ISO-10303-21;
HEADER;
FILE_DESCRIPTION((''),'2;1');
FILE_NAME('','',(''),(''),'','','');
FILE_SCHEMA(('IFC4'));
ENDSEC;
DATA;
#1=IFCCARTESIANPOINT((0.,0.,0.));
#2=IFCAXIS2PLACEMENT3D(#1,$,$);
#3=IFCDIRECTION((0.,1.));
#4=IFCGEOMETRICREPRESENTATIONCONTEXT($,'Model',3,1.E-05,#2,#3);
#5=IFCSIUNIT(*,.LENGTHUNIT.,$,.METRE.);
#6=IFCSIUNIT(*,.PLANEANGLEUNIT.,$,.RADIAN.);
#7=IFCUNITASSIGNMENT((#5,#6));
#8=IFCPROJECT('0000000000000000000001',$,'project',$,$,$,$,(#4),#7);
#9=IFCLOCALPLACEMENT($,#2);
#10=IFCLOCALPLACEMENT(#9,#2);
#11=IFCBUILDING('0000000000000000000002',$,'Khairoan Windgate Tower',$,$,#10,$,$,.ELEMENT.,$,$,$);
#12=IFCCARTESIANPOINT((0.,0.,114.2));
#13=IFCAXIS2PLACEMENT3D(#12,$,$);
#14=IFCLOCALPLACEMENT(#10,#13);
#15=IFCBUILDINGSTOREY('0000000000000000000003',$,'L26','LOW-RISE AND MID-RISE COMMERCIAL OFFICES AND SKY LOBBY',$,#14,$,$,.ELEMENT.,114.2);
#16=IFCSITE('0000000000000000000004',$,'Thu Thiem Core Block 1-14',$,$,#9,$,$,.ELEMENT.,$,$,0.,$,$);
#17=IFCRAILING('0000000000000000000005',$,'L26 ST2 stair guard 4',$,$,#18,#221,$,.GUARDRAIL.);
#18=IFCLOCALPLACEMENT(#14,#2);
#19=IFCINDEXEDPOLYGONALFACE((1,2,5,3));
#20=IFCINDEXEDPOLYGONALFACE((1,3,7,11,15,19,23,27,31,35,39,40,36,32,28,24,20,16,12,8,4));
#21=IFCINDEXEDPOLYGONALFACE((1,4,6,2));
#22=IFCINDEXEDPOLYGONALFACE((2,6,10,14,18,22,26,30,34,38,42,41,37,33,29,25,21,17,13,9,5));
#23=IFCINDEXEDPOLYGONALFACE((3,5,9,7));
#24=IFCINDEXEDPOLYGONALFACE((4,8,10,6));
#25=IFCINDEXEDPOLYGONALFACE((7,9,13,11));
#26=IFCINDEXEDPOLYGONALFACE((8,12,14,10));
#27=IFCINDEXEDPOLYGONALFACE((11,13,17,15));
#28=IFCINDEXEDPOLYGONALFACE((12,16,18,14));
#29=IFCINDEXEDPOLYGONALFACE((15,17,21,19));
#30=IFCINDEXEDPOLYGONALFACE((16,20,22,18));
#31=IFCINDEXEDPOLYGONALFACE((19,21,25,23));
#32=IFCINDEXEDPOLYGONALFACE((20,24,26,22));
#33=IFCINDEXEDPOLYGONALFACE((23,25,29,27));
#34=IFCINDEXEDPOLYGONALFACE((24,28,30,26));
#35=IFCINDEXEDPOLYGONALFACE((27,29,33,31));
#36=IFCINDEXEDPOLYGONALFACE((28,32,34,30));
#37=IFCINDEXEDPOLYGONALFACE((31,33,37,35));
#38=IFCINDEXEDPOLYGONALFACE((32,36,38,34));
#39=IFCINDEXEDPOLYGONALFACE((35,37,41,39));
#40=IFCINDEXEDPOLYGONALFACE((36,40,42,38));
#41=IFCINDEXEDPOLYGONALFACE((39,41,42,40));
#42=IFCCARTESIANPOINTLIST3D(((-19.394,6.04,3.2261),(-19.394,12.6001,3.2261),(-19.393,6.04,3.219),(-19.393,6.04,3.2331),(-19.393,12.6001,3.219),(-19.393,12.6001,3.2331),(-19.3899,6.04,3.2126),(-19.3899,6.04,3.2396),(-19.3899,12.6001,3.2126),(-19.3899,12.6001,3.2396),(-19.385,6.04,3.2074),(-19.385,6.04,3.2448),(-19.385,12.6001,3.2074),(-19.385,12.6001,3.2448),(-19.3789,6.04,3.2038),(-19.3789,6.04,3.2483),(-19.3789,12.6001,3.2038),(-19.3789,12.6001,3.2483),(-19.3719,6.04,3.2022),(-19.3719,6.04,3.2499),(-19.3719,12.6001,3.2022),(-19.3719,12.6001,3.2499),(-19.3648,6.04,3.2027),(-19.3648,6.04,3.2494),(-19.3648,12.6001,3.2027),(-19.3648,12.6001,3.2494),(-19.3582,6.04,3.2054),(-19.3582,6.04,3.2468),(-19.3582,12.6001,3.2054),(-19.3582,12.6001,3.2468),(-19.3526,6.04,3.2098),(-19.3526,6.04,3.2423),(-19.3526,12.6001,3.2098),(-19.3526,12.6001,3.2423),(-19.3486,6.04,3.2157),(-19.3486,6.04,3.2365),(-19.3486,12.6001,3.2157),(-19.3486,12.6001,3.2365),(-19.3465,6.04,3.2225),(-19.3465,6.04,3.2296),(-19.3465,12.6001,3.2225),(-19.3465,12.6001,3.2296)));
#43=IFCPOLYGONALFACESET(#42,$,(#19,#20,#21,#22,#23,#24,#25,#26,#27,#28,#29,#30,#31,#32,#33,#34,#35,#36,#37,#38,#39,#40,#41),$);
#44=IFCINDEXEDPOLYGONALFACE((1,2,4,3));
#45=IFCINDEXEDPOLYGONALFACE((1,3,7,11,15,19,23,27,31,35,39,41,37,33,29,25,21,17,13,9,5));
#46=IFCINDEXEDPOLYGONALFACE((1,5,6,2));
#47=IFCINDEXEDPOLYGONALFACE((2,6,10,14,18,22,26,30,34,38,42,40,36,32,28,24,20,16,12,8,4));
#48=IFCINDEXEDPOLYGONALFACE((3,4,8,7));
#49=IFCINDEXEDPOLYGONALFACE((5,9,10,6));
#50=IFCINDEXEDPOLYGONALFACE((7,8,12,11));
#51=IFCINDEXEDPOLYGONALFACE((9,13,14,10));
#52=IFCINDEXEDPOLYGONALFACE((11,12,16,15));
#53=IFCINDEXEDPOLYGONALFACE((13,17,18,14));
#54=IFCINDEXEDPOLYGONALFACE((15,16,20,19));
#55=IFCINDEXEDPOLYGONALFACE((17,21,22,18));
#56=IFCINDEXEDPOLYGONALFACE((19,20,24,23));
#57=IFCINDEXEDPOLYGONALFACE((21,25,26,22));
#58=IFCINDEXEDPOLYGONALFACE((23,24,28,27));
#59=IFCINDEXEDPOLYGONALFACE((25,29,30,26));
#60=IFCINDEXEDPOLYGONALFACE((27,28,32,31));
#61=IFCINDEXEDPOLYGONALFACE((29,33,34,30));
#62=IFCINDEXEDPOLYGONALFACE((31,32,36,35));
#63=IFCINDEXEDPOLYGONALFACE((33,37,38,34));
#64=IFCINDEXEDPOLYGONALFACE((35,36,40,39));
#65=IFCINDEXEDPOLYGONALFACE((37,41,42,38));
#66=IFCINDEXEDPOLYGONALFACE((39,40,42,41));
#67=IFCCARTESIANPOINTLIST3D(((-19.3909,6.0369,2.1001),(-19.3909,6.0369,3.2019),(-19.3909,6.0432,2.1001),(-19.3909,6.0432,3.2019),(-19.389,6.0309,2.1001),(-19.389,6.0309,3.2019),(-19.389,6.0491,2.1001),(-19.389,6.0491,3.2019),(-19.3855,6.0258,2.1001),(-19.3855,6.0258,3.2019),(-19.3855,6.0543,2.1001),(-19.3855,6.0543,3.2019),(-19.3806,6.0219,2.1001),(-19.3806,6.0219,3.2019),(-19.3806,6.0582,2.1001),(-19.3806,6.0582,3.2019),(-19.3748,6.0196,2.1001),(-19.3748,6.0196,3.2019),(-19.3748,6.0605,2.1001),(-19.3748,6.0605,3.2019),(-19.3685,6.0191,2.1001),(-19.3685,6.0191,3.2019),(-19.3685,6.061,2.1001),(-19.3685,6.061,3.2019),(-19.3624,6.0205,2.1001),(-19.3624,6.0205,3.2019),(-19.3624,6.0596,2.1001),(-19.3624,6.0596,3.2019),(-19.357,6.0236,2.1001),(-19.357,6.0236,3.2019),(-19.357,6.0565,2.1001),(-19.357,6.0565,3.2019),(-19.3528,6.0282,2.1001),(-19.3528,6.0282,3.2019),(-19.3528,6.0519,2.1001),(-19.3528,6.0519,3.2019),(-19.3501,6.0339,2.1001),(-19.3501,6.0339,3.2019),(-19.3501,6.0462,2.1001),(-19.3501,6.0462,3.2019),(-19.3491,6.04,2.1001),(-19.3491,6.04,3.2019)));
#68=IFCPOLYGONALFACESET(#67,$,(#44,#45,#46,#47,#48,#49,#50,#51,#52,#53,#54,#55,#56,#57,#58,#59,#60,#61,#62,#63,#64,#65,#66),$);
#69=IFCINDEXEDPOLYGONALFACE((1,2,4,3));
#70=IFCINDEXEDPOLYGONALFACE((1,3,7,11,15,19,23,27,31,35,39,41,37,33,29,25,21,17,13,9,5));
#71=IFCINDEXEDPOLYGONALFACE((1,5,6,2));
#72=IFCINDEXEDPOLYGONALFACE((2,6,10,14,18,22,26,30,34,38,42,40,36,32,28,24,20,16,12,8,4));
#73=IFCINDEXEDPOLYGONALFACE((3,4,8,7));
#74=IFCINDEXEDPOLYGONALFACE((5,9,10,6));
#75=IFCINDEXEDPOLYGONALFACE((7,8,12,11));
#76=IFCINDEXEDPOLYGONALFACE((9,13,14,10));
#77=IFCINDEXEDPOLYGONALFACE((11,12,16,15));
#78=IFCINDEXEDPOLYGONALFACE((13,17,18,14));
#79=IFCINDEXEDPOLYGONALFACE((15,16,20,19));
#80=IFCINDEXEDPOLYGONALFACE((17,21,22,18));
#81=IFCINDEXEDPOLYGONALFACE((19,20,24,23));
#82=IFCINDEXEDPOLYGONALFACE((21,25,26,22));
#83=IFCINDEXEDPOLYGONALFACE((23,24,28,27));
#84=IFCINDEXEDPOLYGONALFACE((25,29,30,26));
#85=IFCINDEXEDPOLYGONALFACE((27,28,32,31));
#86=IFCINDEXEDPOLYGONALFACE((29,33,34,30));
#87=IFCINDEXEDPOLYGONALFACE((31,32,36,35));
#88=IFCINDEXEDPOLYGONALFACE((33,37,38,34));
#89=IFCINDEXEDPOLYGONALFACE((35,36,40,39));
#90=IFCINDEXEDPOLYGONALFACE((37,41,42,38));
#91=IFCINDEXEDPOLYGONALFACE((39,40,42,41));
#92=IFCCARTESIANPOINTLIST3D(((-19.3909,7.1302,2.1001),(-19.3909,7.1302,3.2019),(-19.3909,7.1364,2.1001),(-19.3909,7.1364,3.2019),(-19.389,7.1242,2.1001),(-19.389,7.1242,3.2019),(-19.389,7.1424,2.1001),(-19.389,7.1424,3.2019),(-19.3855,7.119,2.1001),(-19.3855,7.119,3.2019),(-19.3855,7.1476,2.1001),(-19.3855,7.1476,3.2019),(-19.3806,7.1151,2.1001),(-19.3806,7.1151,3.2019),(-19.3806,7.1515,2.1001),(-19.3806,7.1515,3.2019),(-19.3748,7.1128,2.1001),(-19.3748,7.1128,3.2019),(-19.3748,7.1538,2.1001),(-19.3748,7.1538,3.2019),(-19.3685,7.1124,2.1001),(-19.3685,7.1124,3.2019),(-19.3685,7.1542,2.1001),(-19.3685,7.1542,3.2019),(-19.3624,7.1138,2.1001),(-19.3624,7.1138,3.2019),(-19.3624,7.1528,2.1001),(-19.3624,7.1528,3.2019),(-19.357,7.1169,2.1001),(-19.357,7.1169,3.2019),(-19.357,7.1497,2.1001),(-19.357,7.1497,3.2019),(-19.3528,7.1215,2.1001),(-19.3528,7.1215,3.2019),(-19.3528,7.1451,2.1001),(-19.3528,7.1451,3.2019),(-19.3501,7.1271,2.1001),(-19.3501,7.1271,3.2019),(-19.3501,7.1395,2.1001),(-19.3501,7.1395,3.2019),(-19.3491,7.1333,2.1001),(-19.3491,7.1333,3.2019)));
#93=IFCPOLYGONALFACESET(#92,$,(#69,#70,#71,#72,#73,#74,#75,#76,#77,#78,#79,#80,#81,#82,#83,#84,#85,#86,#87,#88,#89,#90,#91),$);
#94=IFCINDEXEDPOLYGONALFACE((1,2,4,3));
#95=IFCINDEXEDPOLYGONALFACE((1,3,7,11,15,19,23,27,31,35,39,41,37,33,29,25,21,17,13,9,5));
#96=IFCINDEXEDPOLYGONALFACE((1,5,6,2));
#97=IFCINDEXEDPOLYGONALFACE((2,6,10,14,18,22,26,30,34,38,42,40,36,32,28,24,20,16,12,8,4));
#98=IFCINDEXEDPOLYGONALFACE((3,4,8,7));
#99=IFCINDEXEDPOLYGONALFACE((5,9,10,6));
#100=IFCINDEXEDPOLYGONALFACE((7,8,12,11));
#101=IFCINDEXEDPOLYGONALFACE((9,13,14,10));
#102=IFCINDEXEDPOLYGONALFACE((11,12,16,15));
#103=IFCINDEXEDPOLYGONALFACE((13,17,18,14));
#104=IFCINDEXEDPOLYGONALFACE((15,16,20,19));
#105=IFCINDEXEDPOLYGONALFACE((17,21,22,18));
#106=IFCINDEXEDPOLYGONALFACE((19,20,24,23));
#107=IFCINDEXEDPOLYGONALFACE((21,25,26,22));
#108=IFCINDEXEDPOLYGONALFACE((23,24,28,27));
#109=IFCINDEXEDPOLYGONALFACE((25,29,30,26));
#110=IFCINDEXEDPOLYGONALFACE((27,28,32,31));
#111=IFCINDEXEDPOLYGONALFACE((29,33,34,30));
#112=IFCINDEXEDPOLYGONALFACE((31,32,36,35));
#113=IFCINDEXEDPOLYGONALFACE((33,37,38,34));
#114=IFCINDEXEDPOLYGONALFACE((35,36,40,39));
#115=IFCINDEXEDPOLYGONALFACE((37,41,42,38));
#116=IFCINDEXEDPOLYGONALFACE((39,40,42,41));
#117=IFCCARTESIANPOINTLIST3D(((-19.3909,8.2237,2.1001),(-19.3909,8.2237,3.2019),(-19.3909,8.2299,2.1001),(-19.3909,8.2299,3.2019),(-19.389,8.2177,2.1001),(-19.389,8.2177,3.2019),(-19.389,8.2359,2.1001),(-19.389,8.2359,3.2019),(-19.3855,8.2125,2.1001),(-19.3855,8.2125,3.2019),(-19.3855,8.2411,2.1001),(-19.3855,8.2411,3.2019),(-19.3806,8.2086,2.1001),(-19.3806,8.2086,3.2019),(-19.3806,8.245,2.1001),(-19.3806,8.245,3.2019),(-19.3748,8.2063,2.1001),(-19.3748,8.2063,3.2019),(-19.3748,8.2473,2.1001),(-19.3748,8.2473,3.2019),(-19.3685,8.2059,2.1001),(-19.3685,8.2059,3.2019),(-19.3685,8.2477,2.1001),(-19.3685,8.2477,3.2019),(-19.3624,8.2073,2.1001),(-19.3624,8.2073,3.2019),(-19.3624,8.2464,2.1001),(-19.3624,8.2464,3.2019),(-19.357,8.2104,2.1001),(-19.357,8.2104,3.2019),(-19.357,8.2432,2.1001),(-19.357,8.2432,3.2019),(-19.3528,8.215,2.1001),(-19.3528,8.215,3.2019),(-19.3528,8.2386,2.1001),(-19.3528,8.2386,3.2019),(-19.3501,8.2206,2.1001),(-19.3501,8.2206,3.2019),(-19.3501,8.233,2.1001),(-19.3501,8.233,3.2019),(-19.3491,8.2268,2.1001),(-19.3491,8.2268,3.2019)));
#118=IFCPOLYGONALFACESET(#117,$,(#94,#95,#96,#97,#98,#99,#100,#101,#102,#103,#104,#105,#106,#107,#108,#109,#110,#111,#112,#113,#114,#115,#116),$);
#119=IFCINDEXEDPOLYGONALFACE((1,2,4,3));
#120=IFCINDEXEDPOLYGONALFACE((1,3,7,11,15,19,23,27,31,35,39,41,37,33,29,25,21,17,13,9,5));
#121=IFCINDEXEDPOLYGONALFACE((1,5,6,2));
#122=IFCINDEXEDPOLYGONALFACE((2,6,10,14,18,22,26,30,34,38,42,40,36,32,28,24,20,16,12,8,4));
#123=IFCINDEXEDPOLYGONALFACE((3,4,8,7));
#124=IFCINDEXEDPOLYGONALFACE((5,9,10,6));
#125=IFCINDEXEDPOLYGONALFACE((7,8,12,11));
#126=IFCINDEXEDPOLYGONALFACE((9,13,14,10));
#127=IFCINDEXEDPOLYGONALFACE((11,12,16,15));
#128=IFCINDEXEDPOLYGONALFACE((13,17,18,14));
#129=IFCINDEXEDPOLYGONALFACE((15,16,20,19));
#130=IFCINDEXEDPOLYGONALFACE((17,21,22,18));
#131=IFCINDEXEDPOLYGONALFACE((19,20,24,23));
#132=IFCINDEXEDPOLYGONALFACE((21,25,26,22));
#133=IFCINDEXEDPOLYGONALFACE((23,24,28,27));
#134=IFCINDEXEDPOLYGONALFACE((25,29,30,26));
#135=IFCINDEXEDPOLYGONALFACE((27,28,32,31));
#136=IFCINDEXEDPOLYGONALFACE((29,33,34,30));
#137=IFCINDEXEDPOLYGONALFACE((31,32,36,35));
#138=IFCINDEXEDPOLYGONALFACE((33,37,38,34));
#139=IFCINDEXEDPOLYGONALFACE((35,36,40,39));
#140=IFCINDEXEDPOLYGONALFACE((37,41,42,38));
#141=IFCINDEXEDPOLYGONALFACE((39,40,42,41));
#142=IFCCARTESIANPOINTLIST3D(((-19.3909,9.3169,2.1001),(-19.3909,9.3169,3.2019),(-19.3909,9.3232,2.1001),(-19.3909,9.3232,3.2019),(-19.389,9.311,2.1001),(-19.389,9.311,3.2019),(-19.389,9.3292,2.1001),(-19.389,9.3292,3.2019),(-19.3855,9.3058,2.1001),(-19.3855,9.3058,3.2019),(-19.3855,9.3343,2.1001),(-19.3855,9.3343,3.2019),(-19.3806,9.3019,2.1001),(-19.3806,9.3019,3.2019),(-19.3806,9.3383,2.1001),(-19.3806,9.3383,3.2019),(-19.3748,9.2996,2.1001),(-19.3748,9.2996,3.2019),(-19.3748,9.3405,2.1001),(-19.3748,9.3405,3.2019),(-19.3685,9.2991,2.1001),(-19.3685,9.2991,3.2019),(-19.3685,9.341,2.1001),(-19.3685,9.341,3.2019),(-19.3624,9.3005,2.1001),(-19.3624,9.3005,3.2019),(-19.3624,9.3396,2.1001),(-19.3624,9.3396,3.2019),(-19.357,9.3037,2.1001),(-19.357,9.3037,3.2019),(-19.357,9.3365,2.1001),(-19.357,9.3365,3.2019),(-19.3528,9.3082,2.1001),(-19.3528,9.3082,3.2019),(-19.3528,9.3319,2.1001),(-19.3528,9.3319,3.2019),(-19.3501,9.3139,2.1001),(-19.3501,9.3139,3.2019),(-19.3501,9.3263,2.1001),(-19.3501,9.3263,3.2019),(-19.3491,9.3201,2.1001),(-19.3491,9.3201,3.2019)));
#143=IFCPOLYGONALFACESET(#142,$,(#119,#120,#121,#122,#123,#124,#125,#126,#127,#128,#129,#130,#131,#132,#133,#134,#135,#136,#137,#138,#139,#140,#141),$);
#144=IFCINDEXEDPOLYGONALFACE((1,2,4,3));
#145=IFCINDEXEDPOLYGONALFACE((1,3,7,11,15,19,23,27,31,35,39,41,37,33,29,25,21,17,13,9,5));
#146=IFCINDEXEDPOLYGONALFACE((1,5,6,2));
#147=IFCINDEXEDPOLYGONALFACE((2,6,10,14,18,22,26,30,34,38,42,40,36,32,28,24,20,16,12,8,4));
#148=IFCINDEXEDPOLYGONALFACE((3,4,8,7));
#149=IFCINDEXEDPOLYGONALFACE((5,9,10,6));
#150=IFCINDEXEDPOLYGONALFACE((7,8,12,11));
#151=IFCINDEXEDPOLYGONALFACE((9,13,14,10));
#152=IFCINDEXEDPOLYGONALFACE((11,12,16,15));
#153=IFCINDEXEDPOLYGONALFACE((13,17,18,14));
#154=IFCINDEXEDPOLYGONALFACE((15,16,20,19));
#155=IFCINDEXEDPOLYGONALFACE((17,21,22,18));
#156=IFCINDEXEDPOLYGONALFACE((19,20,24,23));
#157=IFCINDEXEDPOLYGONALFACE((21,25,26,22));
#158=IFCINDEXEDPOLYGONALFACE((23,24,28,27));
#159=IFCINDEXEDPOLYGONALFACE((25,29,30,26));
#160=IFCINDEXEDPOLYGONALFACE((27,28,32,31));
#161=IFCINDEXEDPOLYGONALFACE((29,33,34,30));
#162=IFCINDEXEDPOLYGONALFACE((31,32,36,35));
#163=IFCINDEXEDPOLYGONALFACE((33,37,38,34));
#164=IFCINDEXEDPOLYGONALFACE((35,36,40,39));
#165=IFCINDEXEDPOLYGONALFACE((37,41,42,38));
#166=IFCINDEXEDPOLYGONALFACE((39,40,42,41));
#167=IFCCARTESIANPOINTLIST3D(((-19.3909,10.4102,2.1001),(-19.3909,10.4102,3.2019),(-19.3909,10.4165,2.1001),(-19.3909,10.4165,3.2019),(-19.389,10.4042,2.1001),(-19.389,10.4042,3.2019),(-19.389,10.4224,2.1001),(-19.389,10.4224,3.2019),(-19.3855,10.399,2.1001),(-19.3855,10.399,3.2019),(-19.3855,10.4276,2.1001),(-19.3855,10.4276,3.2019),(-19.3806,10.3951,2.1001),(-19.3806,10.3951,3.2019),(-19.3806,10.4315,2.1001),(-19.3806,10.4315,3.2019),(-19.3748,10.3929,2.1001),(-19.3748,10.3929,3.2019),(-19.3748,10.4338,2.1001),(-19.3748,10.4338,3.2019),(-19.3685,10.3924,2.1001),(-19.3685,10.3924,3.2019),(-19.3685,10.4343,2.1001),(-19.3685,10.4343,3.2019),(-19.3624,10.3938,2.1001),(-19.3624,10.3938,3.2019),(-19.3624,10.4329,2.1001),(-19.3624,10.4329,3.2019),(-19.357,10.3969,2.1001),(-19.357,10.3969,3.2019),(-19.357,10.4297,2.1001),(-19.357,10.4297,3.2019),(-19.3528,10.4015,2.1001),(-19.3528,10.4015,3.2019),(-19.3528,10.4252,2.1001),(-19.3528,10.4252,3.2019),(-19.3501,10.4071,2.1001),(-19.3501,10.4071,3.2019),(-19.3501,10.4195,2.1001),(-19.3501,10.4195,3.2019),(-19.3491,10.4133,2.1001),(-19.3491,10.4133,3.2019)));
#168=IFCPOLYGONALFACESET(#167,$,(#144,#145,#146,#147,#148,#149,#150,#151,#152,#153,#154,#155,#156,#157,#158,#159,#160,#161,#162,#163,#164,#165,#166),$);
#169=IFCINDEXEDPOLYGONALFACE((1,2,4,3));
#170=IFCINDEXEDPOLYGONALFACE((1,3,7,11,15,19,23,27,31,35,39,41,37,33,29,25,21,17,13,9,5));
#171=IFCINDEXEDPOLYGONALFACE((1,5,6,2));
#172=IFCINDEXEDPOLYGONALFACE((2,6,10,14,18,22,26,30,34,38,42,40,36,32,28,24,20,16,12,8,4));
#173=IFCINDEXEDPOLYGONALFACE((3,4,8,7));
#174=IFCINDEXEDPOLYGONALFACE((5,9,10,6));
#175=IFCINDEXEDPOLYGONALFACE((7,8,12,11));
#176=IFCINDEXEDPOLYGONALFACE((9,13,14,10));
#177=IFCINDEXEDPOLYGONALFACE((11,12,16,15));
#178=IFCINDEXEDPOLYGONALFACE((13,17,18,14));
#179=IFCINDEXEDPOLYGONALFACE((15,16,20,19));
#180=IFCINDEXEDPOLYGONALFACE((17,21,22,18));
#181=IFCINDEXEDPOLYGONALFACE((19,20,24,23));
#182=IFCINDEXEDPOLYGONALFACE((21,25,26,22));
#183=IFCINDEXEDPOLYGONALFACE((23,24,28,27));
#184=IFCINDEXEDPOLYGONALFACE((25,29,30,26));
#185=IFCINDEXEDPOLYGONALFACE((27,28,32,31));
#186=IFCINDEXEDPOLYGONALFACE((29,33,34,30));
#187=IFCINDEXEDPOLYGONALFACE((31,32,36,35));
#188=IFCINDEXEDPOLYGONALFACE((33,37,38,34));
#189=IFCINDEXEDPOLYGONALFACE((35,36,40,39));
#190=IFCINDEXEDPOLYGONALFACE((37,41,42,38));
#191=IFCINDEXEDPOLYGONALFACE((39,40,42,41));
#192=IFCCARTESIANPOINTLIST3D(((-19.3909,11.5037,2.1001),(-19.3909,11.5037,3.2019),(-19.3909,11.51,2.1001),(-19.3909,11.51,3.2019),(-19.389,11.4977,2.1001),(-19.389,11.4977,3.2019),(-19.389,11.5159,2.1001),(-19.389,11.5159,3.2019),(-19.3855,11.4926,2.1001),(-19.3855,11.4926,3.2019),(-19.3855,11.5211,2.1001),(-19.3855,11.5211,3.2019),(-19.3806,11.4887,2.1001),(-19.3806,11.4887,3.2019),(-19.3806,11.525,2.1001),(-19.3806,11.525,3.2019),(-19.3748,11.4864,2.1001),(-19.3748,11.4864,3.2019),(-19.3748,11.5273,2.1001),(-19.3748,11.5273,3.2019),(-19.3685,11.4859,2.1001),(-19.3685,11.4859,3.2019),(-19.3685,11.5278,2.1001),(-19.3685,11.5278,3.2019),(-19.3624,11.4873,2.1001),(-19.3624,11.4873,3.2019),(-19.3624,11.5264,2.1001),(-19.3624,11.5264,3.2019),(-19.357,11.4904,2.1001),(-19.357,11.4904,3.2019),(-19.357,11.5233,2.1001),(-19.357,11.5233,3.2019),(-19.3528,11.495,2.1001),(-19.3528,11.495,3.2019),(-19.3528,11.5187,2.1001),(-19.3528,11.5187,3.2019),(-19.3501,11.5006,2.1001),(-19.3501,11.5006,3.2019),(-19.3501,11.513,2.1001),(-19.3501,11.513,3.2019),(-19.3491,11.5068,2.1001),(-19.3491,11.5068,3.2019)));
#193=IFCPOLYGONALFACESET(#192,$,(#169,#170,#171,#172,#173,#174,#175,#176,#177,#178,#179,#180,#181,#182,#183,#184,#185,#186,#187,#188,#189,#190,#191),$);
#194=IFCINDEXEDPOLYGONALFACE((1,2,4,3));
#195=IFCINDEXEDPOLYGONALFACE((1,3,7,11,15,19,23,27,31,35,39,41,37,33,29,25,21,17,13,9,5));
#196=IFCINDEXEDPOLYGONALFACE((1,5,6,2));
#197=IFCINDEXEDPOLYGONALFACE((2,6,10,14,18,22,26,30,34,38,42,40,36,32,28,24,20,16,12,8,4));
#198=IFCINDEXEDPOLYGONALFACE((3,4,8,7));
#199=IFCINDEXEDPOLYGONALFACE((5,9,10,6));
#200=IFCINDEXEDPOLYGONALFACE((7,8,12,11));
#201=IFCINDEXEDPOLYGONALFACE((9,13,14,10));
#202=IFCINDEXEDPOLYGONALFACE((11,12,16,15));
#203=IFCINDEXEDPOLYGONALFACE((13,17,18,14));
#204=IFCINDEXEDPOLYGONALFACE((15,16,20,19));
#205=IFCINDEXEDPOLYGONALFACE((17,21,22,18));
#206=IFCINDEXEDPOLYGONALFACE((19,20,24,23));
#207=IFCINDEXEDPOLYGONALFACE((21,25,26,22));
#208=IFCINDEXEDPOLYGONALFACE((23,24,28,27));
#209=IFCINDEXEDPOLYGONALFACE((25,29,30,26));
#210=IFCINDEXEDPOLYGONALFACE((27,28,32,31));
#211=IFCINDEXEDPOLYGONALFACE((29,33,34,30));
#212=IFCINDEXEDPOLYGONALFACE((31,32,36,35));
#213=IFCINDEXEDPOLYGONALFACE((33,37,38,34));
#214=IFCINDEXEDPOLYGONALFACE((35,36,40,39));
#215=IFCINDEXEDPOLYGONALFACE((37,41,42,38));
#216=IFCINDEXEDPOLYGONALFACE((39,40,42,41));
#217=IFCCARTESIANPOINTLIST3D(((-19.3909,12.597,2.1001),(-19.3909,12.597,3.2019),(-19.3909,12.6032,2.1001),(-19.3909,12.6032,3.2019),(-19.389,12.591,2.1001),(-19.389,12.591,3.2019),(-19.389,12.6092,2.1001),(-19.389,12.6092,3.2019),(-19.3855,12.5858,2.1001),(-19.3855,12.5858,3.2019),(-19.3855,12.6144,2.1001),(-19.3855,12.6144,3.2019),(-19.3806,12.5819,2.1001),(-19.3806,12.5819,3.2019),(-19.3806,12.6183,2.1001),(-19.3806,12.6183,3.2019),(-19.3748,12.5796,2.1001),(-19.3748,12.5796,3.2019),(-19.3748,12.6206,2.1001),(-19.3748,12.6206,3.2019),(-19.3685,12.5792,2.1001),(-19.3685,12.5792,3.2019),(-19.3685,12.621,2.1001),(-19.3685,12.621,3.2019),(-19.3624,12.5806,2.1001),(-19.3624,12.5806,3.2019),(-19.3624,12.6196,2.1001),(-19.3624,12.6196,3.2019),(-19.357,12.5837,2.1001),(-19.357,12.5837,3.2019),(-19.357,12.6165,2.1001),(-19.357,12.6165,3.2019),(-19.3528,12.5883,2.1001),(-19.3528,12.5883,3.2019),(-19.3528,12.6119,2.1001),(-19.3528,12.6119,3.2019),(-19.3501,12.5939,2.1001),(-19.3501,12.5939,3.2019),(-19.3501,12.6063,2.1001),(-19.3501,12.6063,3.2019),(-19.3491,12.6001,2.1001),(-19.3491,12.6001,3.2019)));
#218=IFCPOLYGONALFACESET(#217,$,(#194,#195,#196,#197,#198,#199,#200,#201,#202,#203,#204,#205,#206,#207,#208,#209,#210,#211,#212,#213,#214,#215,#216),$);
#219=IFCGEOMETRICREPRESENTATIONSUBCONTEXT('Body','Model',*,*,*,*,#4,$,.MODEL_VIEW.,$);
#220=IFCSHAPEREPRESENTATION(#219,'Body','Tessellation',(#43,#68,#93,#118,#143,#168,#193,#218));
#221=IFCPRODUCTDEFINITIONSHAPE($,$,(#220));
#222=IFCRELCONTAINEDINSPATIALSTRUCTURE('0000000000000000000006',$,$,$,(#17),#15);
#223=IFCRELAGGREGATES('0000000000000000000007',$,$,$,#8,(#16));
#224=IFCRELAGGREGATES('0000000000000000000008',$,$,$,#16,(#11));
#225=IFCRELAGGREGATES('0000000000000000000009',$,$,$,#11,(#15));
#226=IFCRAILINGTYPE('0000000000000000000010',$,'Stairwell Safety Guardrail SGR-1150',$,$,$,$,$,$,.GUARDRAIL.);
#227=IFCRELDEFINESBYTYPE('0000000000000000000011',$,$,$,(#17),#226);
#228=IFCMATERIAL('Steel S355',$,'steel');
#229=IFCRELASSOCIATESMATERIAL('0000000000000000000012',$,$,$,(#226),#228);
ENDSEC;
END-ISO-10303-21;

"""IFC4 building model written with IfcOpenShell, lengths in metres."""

from ifc_helpers import new_model, si_unit, direction, frame, origin, origin_2d, place, context, subcontext, project, spatial, circle, extrude, material, type_object, element, save


model = new_model("IFC4")

# Units and contexts
model_context = context("Model", 3, precision=1e-05, world=origin(), true_north=direction((0.0, 1.0)))
body_context = subcontext(model_context, "Body", "Model", "MODEL_VIEW")
ifc_project = project(units=[si_unit("LENGTHUNIT", "METRE"), si_unit("PLANEANGLEUNIT", "RADIAN")], contexts=[model_context])

# Site, building, storey
site_placement = place(None, origin())
site = spatial("IfcSite", under=ifc_project, at=site_placement, Name="Thu Thiem Core Block 1-14", CompositionType="ELEMENT", RefElevation=0.0)
building_placement = place(site_placement, origin())
building = spatial("IfcBuilding", under=site, at=building_placement, Name="Khairoan Windgate Tower", CompositionType="ELEMENT")
storey_placement = place(building_placement, frame((0.0, 0.0, 114.2)))
storey = spatial("IfcBuildingStorey", under=building, at=storey_placement, Name="L26", Description="LOW-RISE AND MID-RISE COMMERCIAL OFFICES AND SKY LOBBY", CompositionType="ELEMENT", Elevation=114.2)

# Railing
ifc_material_1 = material(Name="Steel S355", Category="steel")
railing_type_1 = type_object("IfcRailingType", Name="Stairwell Safety Guardrail SGR-1150", PredefinedType="GUARDRAIL", material=ifc_material_1)
railing_1_placement = place(storey_placement, frame((-19.3701, 6.04, 2.1001)))
element("IfcRailing", 1, at=railing_1_placement, inside=storey, type_object=railing_type_1, Name="L26 ST2 stair guard 4", PredefinedType="GUARDRAIL", context=body_context, shape_type="SweptSolid", body=[
    extrude(circle(Radius=0.0239, at=origin_2d()), frame((0.0, 0.0, 1.126), z_axis=(0.0, 1.0, 0.0), x_axis=(-1.0, 0.0, 0.0)), (0.0, 0.0, 1.0), 6.5601),
    extrude(circle(Radius=0.021, at=origin_2d()), origin(), (0.0, 0.0, 1.0), 1.1018),
    extrude(circle(Radius=0.021, at=origin_2d()), frame((0.0, 1.0933, 0.0)), (0.0, 0.0, 1.0), 1.1018),
    extrude(circle(Radius=0.021, at=origin_2d()), frame((0.0, 2.1868, 0.0)), (0.0, 0.0, 1.0), 1.1018),
    extrude(circle(Radius=0.021, at=origin_2d()), frame((0.0, 3.28, 0.0)), (0.0, 0.0, 1.0), 1.1018),
    extrude(circle(Radius=0.021, at=origin_2d()), frame((0.0, 4.3733, 0.0)), (0.0, 0.0, 1.0), 1.1018),
    extrude(circle(Radius=0.021, at=origin_2d()), frame((0.0, 5.4668, 0.0)), (0.0, 0.0, 1.0), 1.1018),
    extrude(circle(Radius=0.021, at=origin_2d()), frame((0.0, 6.5601, 0.0)), (0.0, 0.0, 1.0), 1.1018),
])

save(model, "model.ifc")
